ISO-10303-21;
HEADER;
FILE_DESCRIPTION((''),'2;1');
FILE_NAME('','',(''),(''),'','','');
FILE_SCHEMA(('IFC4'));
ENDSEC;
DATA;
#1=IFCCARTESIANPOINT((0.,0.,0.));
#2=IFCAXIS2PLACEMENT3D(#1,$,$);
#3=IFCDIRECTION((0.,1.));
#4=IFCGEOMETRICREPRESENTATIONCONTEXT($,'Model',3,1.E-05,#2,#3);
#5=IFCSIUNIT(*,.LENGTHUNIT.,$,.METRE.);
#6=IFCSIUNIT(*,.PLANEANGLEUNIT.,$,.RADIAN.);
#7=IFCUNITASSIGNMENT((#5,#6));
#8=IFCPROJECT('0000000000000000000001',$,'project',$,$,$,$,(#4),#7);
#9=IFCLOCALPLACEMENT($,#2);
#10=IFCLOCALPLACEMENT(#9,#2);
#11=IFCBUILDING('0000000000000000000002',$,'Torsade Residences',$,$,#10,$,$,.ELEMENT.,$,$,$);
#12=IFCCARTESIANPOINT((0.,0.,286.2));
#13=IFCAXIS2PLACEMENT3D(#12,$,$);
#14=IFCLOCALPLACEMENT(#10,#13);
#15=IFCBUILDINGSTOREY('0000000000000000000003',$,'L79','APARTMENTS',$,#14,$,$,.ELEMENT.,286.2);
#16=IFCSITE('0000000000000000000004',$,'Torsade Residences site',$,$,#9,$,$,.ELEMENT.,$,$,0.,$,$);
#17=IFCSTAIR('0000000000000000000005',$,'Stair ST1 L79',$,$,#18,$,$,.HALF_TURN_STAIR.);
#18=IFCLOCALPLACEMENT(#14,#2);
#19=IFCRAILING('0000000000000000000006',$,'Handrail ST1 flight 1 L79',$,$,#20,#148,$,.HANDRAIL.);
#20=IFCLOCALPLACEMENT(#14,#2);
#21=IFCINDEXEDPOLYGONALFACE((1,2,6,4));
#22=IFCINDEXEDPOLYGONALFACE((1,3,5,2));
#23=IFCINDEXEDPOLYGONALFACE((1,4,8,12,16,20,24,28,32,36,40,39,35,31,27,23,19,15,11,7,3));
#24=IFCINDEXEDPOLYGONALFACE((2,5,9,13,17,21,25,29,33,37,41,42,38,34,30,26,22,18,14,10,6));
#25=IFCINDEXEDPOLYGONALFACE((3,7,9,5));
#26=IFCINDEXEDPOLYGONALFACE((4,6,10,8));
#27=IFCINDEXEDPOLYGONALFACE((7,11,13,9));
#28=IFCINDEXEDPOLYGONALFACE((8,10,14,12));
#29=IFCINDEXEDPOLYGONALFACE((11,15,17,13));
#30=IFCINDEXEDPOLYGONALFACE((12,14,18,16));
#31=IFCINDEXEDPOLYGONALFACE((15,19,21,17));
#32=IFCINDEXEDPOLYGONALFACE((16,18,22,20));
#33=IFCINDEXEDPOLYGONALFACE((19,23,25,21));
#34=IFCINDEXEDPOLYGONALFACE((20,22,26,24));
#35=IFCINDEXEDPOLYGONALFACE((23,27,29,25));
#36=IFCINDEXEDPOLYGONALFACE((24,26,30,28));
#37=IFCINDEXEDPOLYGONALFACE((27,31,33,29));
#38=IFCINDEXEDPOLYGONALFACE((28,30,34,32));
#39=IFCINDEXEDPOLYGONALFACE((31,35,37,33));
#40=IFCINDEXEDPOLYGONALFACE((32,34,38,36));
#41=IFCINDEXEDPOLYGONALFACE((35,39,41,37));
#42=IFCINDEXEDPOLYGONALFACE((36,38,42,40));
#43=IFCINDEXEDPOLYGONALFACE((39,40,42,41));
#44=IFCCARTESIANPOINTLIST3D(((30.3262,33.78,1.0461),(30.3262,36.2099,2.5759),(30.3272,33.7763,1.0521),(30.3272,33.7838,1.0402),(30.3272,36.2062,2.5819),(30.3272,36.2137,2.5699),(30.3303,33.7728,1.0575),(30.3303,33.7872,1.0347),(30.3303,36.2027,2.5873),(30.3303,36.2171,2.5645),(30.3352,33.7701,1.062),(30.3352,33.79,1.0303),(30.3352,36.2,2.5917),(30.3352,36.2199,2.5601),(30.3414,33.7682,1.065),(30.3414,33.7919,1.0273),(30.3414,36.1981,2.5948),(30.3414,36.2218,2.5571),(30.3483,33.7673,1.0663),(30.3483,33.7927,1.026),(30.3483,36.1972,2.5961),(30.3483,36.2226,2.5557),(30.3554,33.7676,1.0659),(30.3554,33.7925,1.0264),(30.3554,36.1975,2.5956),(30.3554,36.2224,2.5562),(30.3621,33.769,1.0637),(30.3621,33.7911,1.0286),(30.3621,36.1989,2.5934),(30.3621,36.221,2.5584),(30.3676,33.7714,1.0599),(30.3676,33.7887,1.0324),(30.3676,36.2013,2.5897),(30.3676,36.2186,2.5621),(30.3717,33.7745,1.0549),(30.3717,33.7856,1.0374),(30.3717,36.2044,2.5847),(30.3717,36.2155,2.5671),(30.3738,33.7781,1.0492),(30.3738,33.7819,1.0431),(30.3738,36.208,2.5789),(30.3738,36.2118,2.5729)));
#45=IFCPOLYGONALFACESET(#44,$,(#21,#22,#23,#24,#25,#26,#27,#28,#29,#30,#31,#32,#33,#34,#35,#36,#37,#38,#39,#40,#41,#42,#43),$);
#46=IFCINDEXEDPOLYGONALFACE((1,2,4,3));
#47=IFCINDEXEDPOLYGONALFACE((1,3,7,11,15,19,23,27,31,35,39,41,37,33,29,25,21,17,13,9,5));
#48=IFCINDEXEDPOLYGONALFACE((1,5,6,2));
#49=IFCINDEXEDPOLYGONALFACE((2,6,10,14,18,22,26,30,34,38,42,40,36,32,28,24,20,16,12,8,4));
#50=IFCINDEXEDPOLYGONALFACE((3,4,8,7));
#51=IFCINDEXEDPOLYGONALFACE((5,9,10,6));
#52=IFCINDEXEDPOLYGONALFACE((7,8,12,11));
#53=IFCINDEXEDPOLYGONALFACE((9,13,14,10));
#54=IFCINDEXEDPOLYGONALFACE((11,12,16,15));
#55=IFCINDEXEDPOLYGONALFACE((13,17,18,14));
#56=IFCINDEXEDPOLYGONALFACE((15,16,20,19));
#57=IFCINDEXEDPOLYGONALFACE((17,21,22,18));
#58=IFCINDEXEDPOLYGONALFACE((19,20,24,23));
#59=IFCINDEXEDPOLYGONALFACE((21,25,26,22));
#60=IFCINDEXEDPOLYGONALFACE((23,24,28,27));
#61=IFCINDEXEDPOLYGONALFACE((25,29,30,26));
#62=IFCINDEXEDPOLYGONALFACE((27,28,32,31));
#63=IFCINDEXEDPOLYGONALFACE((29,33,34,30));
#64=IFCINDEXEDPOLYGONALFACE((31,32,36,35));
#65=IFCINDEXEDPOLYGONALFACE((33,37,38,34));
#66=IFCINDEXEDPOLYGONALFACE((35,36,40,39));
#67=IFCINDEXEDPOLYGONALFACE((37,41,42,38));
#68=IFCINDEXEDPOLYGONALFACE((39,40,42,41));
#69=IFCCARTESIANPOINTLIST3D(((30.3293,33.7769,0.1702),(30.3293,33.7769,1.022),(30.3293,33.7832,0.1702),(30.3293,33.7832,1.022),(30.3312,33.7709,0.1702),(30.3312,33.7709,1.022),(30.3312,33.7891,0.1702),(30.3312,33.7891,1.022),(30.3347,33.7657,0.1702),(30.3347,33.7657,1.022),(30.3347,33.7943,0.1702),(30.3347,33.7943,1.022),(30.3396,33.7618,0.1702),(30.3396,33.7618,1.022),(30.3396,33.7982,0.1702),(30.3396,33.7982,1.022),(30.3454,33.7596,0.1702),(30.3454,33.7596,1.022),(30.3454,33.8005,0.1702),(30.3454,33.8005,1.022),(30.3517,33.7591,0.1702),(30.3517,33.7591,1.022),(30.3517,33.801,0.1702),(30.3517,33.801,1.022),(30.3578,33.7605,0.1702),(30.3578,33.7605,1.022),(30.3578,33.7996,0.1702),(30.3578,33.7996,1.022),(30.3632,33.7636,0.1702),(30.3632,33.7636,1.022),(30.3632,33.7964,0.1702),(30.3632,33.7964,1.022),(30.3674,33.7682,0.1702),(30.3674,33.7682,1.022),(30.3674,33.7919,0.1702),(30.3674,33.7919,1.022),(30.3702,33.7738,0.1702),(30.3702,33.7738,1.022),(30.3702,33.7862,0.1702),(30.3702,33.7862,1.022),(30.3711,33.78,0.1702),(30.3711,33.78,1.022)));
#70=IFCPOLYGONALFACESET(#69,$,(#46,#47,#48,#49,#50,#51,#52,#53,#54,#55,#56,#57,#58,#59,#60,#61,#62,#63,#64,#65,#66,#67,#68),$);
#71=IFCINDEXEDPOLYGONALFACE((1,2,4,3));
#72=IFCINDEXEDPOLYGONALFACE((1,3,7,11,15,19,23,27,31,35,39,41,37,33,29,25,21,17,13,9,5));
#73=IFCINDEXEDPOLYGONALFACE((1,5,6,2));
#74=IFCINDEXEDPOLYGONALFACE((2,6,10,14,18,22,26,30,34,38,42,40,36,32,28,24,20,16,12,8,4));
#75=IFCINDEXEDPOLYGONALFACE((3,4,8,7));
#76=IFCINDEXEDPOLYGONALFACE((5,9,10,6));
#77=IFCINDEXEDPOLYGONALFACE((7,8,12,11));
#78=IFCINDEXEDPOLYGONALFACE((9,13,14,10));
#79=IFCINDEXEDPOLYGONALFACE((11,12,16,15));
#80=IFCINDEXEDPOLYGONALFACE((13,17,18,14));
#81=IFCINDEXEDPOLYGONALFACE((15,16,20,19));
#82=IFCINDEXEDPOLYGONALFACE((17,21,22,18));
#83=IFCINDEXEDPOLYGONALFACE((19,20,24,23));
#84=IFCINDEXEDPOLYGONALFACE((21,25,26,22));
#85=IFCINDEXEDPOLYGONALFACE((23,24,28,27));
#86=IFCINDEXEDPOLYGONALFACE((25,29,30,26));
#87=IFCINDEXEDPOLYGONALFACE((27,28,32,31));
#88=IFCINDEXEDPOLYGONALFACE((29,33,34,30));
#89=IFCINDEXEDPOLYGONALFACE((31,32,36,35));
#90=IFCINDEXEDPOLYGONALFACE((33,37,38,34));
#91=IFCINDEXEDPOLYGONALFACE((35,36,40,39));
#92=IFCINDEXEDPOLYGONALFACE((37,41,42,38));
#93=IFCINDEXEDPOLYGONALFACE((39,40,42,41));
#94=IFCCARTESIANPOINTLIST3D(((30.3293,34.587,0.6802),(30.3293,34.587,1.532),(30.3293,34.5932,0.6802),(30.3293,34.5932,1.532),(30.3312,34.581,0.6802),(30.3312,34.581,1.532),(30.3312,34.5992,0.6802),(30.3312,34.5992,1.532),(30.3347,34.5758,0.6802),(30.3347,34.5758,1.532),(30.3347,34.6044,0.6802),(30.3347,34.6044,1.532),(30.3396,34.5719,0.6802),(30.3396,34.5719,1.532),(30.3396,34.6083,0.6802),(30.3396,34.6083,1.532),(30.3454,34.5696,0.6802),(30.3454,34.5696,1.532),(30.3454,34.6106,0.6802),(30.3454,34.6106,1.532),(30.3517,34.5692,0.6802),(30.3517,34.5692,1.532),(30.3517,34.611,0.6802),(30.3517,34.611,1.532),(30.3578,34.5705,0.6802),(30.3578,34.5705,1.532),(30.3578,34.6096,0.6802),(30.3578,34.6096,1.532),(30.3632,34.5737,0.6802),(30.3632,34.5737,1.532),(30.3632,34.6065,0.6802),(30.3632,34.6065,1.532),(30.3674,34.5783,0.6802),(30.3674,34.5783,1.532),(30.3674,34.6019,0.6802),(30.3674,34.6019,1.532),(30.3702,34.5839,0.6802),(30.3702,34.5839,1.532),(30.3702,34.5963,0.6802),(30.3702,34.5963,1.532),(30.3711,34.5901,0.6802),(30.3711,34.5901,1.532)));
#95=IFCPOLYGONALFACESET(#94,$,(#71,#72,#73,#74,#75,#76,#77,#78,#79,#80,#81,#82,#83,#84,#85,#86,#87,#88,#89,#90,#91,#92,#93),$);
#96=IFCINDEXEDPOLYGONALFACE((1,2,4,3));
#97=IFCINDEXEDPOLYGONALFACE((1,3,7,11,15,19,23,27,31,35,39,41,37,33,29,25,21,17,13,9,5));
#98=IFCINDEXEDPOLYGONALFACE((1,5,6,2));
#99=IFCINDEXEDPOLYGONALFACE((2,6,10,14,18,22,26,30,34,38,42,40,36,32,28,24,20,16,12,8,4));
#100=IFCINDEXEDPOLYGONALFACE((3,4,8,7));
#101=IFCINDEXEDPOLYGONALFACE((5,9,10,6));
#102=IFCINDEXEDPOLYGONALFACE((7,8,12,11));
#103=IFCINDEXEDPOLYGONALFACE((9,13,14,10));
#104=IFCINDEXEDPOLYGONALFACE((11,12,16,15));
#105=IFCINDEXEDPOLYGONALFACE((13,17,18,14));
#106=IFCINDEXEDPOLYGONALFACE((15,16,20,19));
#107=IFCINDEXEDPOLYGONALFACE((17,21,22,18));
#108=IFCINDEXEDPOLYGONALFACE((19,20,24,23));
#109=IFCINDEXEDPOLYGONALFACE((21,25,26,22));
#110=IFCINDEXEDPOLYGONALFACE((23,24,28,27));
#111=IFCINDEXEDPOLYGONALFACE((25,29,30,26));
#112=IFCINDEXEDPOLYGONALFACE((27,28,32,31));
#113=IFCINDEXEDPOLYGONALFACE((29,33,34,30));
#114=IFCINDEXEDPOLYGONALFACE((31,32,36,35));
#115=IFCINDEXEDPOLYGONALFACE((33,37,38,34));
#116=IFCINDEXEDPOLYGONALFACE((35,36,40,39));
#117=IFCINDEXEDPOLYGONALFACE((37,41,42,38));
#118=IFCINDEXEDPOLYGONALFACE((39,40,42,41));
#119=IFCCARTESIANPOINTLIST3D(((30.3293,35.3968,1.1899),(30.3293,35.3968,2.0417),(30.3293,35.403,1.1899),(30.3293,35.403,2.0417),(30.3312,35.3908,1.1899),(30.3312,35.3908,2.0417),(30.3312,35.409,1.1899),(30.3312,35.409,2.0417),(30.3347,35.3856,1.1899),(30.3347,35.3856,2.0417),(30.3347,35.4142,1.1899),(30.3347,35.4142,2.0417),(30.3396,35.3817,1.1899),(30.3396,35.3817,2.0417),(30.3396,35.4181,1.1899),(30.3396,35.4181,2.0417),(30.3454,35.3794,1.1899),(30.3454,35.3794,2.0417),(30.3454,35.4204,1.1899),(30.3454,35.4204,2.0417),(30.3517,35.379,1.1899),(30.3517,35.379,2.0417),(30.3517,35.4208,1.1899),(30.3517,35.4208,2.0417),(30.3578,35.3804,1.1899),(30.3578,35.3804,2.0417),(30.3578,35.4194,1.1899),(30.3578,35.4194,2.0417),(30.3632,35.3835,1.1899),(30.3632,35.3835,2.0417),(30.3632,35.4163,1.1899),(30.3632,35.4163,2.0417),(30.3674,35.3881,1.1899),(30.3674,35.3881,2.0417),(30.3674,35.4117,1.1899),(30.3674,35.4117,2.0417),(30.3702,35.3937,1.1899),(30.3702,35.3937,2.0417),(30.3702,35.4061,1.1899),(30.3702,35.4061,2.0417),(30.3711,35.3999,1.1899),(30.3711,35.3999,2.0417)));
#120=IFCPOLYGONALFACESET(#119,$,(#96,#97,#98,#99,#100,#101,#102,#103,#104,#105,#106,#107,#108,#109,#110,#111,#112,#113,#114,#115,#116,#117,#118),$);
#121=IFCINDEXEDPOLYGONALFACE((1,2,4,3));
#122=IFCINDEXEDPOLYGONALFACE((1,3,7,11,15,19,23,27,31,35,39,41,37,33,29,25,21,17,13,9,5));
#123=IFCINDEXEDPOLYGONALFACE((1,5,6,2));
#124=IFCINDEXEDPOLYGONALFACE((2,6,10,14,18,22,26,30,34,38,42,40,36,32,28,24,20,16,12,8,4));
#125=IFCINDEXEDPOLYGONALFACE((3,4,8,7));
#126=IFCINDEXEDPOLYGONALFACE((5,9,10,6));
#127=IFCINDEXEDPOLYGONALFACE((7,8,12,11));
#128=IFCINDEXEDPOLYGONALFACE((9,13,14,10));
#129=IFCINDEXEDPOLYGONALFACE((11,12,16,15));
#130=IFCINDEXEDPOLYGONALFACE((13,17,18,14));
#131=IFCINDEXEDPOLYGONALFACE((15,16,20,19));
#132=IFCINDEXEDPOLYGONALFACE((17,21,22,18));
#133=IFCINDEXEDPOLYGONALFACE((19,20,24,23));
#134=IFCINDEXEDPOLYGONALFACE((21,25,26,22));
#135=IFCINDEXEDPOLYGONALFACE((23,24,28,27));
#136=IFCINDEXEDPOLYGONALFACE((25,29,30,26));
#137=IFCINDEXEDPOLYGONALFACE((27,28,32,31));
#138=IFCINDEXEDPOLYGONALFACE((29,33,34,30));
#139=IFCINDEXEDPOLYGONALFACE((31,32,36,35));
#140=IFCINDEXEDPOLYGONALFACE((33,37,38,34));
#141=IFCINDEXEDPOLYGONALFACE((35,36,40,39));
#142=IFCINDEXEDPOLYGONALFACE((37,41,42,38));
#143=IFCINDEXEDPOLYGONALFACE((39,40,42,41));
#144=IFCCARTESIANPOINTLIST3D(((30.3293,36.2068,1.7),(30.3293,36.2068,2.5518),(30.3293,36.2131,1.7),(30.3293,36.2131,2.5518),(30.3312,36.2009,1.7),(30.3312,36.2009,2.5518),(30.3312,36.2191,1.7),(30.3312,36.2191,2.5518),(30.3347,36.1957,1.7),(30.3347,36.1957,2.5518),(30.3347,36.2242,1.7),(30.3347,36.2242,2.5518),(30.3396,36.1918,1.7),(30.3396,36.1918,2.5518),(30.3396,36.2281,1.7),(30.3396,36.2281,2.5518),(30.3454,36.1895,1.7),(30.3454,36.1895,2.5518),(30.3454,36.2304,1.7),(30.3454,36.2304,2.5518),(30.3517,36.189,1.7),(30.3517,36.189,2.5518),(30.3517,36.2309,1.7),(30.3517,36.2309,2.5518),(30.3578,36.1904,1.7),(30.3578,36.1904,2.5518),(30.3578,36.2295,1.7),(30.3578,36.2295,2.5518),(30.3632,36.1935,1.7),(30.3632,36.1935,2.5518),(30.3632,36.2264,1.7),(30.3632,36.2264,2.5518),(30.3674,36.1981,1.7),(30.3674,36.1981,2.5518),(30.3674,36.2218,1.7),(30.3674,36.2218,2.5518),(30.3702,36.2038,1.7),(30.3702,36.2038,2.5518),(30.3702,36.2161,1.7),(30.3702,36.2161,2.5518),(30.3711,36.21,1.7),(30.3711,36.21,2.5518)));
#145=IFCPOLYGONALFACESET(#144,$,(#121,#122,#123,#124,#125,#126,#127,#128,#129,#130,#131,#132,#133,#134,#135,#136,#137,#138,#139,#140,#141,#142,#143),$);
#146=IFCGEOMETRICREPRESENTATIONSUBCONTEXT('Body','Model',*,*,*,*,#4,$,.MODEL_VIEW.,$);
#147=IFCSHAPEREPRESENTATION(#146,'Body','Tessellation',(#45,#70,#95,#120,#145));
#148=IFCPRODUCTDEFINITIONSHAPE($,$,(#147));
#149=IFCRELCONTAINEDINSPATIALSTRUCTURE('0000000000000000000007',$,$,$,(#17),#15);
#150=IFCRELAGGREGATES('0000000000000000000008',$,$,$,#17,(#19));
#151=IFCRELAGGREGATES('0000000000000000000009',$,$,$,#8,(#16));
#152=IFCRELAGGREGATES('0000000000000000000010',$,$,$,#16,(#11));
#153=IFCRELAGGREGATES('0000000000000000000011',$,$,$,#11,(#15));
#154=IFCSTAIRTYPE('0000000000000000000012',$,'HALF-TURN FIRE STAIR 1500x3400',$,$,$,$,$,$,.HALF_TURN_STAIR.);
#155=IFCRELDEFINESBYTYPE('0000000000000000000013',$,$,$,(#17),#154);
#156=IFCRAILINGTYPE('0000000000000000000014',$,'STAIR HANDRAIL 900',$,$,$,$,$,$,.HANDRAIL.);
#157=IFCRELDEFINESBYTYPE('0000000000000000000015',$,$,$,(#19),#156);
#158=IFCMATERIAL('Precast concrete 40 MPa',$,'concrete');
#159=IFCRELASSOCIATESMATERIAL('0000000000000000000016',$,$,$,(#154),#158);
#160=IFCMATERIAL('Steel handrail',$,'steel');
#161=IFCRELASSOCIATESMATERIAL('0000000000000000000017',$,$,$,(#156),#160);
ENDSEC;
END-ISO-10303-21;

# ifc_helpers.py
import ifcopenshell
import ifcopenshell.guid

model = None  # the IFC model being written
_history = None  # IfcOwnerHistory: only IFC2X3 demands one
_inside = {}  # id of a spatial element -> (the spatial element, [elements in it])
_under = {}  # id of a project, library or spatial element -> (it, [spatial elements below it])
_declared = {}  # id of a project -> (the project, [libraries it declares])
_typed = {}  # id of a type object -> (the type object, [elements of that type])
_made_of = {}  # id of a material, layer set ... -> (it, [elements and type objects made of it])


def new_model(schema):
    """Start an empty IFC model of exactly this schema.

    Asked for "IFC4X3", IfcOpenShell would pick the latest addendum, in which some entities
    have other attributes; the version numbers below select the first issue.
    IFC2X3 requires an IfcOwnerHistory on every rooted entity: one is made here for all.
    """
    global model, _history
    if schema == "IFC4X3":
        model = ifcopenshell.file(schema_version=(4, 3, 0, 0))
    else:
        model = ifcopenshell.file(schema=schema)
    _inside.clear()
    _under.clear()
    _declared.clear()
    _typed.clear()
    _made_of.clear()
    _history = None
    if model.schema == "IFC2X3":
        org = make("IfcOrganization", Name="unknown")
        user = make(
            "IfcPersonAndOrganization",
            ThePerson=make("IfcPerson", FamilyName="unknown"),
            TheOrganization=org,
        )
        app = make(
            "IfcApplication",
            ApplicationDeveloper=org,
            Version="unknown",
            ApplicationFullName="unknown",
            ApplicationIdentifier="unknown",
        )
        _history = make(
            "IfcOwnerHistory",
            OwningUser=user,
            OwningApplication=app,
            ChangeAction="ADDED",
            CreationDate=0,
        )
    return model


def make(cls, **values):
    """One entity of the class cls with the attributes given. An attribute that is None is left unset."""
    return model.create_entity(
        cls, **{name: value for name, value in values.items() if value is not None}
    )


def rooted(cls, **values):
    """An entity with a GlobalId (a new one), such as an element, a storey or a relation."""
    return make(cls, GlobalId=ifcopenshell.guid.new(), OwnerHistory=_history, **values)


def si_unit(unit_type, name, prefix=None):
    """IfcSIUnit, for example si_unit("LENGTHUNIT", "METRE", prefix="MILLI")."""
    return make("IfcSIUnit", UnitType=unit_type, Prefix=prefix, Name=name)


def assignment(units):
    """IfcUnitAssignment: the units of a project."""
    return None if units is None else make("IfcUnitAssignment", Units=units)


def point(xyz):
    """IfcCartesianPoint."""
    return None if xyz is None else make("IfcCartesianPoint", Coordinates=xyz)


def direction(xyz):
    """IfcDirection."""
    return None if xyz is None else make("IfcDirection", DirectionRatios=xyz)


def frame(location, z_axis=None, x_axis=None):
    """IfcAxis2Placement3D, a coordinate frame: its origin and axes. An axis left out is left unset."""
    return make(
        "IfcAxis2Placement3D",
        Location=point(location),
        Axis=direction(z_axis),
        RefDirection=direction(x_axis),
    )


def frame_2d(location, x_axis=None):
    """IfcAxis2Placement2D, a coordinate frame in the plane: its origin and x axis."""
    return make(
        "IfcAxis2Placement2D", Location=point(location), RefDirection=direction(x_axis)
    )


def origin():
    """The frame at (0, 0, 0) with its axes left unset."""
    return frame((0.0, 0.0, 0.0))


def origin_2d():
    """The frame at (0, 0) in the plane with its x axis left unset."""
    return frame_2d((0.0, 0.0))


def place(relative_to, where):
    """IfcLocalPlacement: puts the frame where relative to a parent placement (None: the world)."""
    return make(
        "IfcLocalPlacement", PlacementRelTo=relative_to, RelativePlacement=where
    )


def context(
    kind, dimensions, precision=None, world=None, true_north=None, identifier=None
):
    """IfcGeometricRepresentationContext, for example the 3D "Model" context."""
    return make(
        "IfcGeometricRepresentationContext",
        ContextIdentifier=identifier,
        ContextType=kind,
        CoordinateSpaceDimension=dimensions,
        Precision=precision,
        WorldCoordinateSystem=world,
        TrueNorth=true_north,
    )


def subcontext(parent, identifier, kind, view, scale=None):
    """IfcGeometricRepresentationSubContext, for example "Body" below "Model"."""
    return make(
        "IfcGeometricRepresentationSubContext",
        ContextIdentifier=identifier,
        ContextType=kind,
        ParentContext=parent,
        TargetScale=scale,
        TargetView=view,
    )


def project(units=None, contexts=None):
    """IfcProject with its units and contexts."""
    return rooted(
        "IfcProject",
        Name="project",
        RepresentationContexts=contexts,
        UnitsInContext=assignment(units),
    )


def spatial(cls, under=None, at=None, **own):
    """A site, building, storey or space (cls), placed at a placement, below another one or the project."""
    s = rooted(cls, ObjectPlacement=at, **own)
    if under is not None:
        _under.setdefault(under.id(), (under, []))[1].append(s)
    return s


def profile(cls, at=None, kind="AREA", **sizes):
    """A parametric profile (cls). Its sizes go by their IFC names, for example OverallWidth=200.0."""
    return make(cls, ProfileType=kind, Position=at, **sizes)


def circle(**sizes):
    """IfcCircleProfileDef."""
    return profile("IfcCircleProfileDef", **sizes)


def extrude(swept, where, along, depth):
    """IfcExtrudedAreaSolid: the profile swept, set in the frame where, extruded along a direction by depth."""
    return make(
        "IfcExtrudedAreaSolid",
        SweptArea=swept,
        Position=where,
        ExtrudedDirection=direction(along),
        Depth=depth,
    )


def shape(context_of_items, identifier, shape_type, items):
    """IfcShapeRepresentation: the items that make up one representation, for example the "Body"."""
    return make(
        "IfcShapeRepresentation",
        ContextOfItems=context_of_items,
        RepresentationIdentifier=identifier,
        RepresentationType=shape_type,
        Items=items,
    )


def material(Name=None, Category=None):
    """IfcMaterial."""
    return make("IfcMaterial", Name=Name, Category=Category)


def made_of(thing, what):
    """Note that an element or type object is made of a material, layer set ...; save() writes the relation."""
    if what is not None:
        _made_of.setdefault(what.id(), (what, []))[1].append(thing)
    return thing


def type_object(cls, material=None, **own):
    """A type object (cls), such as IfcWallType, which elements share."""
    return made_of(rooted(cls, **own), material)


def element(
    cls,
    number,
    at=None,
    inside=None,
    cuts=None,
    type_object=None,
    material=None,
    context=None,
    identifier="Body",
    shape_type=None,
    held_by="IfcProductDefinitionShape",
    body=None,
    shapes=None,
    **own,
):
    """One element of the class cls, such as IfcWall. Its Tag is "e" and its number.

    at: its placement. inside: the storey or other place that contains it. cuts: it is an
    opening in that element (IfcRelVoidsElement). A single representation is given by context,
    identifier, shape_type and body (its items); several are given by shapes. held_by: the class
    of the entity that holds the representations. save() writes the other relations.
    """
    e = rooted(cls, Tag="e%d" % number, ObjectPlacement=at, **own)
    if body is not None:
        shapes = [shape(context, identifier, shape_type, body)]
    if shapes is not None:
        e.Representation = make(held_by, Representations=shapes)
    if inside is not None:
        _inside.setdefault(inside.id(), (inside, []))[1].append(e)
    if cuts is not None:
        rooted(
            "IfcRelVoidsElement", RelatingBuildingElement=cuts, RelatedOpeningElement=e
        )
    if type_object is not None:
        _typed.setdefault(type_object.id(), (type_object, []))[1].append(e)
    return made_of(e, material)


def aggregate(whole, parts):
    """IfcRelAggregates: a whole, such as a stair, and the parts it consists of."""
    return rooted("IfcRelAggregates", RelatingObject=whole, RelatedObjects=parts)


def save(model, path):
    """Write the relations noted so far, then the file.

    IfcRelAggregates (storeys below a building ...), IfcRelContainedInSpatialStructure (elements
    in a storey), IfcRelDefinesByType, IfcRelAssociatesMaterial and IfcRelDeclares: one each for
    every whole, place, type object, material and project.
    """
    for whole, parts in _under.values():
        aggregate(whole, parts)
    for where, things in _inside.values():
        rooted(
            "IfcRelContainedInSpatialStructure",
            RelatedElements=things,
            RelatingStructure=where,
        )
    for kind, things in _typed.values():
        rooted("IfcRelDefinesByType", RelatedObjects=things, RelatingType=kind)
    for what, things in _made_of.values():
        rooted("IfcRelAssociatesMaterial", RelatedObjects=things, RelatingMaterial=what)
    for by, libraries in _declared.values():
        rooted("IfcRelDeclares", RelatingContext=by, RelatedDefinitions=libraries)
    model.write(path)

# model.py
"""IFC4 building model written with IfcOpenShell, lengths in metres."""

from ifc_helpers import new_model, si_unit, direction, frame, origin, origin_2d, place, context, subcontext, project, spatial, circle, extrude, material, type_object, element, aggregate, save


model = new_model("IFC4")

# Units and contexts
model_context = context("Model", 3, precision=1e-05, world=origin(), true_north=direction((0.0, 1.0)))
body_context = subcontext(model_context, "Body", "Model", "MODEL_VIEW")
ifc_project = project(units=[si_unit("LENGTHUNIT", "METRE"), si_unit("PLANEANGLEUNIT", "RADIAN")], contexts=[model_context])

# Site, building, storey
site_placement = place(None, origin())
site = spatial("IfcSite", under=ifc_project, at=site_placement, Name="Torsade Residences site", CompositionType="ELEMENT", RefElevation=0.0)
building_placement = place(site_placement, origin())
building = spatial("IfcBuilding", under=site, at=building_placement, Name="Torsade Residences", CompositionType="ELEMENT")
storey_placement = place(building_placement, frame((0.0, 0.0, 286.2)))
storey = spatial("IfcBuildingStorey", under=building, at=storey_placement, Name="L79", Description="APARTMENTS", CompositionType="ELEMENT", Elevation=286.2)

# Stair, railing
ifc_material_1 = material(Name="Precast concrete 40 MPa", Category="concrete")
stair_type = type_object("IfcStairType", Name="HALF-TURN FIRE STAIR 1500x3400", PredefinedType="HALF_TURN_STAIR", material=ifc_material_1)
stair_placement = place(storey_placement, origin())
stair = element("IfcStair", 1, at=stair_placement, inside=storey, type_object=stair_type, Name="Stair ST1 L79", PredefinedType="HALF_TURN_STAIR")
ifc_material_2 = material(Name="Steel handrail", Category="steel")
railing_type = type_object("IfcRailingType", Name="STAIR HANDRAIL 900", PredefinedType="HANDRAIL", material=ifc_material_2)
railing_1_placement = place(storey_placement, frame((30.3501, 33.78, 0.1702)))
railing_1 = element("IfcRailing", 2, at=railing_1_placement, type_object=railing_type, Name="Handrail ST1 flight 1 L79", PredefinedType="HANDRAIL", context=body_context, shape_type="SweptSolid", body=[
    extrude(circle(Radius=0.0239, at=origin_2d()), frame((0.0, 0.0, 0.876), z_axis=(0.0, 0.84626, 0.53277), x_axis=(-1.0, 0.0, 0.0)), (0.0, 0.0, 1.0), 2.8713),
    extrude(circle(Radius=0.021, at=origin_2d()), origin(), (0.0, 0.0, 1.0), 0.8518),
    extrude(circle(Radius=0.021, at=origin_2d()), frame((0.0, 0.8101, 0.51)), (0.0, 0.0, 1.0), 0.8518),
    extrude(circle(Radius=0.021, at=origin_2d()), frame((0.0, 1.6199, 1.0198)), (0.0, 0.0, 1.0), 0.8518),
    extrude(circle(Radius=0.021, at=origin_2d()), frame((0.0, 2.4299, 1.5298)), (0.0, 0.0, 1.0), 0.8518),
])
aggregate(stair, [railing_1])

save(model, "model.ifc")
